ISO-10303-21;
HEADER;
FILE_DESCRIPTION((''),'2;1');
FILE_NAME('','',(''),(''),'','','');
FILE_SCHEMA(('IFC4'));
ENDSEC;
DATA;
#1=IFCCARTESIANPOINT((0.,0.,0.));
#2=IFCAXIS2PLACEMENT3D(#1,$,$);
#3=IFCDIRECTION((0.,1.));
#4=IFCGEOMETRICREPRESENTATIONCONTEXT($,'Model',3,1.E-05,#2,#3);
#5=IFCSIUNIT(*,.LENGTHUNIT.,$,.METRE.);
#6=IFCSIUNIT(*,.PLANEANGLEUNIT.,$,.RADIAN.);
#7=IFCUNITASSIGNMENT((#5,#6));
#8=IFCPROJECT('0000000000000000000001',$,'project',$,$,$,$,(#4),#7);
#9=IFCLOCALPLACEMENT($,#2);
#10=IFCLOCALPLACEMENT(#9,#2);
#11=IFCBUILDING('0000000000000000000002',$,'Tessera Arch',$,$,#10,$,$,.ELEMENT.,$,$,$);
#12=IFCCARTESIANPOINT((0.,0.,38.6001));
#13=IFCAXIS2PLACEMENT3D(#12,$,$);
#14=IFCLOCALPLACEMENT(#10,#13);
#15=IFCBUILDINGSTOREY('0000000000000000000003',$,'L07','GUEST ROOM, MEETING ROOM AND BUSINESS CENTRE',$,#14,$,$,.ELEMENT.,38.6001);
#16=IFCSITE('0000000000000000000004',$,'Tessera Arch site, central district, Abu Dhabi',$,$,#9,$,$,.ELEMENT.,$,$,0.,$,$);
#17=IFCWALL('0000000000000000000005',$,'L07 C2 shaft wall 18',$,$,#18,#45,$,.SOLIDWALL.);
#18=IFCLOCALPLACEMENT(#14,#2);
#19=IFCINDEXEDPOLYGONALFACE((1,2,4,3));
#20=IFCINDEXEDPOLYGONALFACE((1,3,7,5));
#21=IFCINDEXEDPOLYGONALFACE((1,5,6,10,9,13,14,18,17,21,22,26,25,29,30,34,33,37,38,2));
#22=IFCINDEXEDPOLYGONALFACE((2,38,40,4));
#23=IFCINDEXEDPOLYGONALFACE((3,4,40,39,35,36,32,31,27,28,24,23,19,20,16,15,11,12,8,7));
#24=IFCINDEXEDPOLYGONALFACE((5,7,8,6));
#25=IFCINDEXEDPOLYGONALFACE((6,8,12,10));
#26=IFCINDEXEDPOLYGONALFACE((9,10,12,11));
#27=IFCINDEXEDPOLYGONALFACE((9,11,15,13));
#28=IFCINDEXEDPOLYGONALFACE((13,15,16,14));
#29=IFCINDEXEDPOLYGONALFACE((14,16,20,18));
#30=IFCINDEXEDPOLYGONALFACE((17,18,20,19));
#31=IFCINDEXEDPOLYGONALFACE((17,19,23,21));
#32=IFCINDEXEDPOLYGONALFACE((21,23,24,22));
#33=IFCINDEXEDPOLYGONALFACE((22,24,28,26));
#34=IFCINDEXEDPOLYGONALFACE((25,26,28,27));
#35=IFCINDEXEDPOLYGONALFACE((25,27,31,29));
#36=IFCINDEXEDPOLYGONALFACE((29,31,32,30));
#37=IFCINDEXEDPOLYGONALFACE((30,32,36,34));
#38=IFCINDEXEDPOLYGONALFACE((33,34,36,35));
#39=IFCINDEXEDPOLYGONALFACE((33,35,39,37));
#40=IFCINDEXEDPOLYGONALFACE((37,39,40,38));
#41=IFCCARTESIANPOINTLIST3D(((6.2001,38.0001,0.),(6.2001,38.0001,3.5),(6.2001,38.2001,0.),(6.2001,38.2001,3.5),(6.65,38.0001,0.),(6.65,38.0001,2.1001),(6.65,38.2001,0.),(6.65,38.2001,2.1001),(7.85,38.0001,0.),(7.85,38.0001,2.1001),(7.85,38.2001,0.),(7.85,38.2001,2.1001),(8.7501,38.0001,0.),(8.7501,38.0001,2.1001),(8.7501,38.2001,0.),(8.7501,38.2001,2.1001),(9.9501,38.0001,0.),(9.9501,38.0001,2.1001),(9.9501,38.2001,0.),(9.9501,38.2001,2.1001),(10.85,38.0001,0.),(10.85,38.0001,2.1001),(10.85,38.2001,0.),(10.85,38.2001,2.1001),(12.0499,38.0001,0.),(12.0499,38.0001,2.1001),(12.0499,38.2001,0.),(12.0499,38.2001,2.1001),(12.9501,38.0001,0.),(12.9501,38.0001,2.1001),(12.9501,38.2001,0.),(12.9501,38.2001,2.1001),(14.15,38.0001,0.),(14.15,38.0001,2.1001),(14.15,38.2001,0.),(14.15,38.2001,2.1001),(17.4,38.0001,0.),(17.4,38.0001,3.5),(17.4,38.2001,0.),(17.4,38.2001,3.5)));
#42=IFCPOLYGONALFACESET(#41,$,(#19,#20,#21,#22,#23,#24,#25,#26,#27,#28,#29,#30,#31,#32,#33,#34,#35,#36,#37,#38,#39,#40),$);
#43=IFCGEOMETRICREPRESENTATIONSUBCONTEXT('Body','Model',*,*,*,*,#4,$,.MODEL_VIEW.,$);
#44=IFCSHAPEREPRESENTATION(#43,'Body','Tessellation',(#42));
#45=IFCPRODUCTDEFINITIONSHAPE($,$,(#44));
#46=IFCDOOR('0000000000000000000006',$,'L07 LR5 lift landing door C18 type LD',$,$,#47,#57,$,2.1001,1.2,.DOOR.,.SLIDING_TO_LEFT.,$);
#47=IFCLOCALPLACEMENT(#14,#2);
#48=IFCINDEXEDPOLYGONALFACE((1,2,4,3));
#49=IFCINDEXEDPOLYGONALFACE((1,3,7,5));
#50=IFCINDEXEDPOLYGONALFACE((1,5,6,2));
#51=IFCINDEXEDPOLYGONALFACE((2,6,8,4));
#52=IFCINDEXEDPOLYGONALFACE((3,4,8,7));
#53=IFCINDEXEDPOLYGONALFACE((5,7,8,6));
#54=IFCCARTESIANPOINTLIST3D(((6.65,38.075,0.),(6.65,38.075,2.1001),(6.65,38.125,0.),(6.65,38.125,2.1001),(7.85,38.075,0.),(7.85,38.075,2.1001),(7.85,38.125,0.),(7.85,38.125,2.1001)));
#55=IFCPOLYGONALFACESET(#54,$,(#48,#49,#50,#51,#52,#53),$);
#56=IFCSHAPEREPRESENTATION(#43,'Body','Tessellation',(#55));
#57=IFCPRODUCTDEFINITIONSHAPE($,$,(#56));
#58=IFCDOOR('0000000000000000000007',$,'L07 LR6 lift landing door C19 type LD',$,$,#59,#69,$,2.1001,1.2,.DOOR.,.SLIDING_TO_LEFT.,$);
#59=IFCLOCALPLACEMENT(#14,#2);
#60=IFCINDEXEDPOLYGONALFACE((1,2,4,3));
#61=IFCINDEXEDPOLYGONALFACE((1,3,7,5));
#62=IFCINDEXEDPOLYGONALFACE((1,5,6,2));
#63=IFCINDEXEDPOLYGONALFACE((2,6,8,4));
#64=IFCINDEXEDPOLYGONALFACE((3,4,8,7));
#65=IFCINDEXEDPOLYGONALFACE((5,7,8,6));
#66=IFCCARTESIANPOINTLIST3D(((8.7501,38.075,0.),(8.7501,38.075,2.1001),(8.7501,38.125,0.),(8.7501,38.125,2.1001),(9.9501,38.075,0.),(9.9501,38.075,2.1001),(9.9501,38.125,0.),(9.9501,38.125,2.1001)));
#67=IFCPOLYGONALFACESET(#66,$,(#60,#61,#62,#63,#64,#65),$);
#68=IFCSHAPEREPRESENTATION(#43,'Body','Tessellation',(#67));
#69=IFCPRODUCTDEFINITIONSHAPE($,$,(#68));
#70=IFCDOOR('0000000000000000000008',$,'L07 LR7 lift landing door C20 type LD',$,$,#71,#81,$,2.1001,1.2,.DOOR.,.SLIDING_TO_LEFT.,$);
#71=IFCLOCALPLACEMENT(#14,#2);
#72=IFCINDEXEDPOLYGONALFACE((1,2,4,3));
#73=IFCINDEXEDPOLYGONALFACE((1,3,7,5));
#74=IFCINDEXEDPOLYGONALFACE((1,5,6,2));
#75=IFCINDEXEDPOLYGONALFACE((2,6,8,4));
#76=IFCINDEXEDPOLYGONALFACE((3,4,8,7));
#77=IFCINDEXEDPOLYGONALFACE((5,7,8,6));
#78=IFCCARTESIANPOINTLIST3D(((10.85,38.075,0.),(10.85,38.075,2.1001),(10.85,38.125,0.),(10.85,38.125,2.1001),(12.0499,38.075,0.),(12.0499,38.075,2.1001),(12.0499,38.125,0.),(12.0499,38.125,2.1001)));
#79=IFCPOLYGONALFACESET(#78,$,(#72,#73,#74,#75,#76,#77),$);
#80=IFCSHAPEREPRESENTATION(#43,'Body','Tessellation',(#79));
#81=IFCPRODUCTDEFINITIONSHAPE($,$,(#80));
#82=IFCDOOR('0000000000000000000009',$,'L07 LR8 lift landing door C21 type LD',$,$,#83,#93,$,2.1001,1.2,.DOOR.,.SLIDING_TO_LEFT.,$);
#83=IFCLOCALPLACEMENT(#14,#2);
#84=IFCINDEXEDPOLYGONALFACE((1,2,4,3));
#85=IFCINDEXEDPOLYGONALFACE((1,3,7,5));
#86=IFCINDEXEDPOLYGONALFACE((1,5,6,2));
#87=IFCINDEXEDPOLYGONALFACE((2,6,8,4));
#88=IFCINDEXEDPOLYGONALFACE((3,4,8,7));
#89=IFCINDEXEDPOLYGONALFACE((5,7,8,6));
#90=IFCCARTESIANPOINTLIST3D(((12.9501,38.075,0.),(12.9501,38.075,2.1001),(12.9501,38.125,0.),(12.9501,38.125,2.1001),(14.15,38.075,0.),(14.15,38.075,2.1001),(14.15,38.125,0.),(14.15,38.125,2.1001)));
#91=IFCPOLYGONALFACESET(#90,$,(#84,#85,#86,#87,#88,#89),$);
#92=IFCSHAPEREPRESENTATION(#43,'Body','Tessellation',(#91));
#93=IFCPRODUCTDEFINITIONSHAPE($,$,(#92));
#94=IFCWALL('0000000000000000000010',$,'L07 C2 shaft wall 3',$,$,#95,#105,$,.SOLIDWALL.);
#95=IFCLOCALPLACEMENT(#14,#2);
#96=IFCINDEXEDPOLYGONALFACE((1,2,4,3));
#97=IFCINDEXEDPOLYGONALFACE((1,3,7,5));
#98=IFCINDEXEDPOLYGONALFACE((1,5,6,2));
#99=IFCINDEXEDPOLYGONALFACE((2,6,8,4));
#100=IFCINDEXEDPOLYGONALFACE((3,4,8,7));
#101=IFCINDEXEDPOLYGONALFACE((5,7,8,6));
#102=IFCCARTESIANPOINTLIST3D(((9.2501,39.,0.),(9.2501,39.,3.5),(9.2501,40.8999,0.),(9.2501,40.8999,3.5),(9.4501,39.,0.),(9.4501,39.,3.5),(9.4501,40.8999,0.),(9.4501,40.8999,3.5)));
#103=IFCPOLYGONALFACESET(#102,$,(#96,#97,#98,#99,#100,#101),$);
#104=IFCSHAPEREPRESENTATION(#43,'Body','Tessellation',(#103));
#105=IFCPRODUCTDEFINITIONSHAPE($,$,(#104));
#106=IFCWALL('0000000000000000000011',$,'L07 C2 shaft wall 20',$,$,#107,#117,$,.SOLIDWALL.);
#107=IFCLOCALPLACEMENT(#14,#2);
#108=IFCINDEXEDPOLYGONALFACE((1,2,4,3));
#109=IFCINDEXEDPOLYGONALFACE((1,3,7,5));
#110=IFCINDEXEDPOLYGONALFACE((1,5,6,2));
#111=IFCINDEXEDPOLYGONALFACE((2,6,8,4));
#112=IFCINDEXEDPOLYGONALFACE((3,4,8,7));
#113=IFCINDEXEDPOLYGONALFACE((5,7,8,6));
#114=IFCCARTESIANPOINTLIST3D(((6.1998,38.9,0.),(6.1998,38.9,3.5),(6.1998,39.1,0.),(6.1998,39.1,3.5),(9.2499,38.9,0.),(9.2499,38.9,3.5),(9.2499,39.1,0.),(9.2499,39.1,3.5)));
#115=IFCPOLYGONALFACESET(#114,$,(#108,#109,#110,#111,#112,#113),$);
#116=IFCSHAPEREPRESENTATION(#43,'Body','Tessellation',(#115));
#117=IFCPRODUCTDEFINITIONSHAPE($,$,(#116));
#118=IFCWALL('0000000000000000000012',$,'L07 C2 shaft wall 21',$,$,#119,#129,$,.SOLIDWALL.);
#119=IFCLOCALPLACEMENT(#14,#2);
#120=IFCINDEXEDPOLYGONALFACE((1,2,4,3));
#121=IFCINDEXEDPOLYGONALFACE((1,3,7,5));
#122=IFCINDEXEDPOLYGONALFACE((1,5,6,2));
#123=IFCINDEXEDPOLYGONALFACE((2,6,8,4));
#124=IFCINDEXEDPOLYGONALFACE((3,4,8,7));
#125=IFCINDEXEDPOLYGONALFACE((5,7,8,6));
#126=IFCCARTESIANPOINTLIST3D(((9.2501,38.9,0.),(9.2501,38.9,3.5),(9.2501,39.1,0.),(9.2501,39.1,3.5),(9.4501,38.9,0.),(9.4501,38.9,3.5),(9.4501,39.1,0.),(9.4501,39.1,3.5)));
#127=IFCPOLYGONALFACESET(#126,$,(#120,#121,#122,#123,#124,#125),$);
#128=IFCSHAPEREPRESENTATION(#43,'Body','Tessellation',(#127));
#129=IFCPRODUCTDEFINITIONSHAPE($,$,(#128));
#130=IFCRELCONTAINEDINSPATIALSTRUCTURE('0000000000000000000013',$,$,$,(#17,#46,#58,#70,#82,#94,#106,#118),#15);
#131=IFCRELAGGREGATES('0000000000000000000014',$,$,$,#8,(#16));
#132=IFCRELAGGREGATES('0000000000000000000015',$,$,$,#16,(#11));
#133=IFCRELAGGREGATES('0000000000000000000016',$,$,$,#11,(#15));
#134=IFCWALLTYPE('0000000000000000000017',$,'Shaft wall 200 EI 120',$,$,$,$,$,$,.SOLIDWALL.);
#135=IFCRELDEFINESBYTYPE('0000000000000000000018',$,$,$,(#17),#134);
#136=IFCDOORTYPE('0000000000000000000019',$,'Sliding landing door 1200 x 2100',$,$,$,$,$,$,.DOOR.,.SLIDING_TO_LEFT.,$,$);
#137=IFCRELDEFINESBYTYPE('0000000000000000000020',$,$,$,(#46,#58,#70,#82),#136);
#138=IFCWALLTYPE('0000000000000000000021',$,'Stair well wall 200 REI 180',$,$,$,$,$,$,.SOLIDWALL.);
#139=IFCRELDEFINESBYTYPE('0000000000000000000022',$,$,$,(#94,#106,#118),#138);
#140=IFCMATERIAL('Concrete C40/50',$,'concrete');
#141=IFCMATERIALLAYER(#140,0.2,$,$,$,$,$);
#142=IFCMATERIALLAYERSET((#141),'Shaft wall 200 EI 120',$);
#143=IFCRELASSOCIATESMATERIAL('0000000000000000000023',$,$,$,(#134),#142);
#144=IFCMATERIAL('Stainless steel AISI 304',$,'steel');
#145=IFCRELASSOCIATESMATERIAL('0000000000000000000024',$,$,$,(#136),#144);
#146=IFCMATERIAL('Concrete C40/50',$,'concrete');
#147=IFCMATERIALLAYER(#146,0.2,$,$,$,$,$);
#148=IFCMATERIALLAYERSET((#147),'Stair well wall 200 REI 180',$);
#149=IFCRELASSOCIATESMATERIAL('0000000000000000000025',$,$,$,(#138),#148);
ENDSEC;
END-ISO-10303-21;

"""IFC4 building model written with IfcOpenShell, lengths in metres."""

from ifc_helpers import new_model, si_unit, direction, frame, frame_2d, origin, place, context, subcontext, project, spatial, rectangle, extrude, material, layer, layer_set, type_object, element, fill, save


model = new_model("IFC4")

# Units and contexts
model_context = context("Model", 3, precision=1e-05, world=origin(), true_north=direction((0.0, 1.0)))
body_context = subcontext(model_context, "Body", "Model", "MODEL_VIEW")
ifc_project = project(units=[si_unit("LENGTHUNIT", "METRE"), si_unit("PLANEANGLEUNIT", "RADIAN")], contexts=[model_context])

# Site, building, storey
site_placement = place(None, origin())
site = spatial("IfcSite", under=ifc_project, at=site_placement, Name="Tessera Arch site, central district, Abu Dhabi", CompositionType="ELEMENT", RefElevation=0.0)
building_placement = place(site_placement, origin())
building = spatial("IfcBuilding", under=site, at=building_placement, Name="Tessera Arch", CompositionType="ELEMENT")
storey_placement = place(building_placement, frame((0.0, 0.0, 38.6001)))
storey = spatial("IfcBuildingStorey", under=building, at=storey_placement, Name="L07", Description="GUEST ROOM, MEETING ROOM AND BUSINESS CENTRE", CompositionType="ELEMENT", Elevation=38.6001)

# Shared definitions
ifc_material_1 = material(Name="Concrete C40/50", Category="concrete")
ifc_layer_1 = layer(ifc_material_1, 0.2)
ifc_layer_set_1 = layer_set([ifc_layer_1], Name="Shaft wall 200 EI 120")
wall_type_1 = type_object("IfcWallType", Name="Shaft wall 200 EI 120", PredefinedType="SOLIDWALL", material=ifc_layer_set_1)

# Shared definitions
ifc_material_2 = material(Name="Stainless steel AISI 304", Category="steel")
door_type = type_object("IfcDoorType", Name="Sliding landing door 1200 x 2100", OperationType="SLIDING_TO_LEFT", PredefinedType="DOOR", material=ifc_material_2)

# Wall, openings, doors
wall_1_placement = place(storey_placement, frame((6.2, 38.1001, 0.0), z_axis=(0.0, 0.0, 1.0), x_axis=(1.0, 0.0, 0.0)))
wall_1 = element("IfcWall", 1, at=wall_1_placement, inside=storey, type_object=wall_type_1, Name="L07 C2 shaft wall 18", PredefinedType="SOLIDWALL", context=body_context, shape_type="SweptSolid", body=[
    extrude(rectangle(XDim=11.2, YDim=0.2, at=frame_2d((5.6001, 0.0))), origin(), (0.0, 0.0, 1.0), 3.5),
])
opening_1_placement = place(wall_1_placement, frame((0.45, 0.0, 0.0)))
opening_1 = element("IfcOpeningElement", 2, at=opening_1_placement, cuts=wall_1, PredefinedType="OPENING", context=body_context, shape_type="SweptSolid", body=[
    extrude(rectangle(XDim=1.2, YDim=2.1001, at=frame_2d((0.6001, 1.05))), frame((0.0, 0.1099, 0.0), z_axis=(0.0, -1.0, 0.0), x_axis=(1.0, 0.0, 0.0)), (0.0, 0.0, 1.0), 0.22),
])
opening_2_placement = place(wall_1_placement, frame((2.55, 0.0, 0.0)))
opening_2 = element("IfcOpeningElement", 3, at=opening_2_placement, cuts=wall_1, PredefinedType="OPENING", context=body_context, shape_type="SweptSolid", body=[
    extrude(rectangle(XDim=1.2, YDim=2.1001, at=frame_2d((0.6001, 1.05))), frame((0.0, 0.1099, 0.0), z_axis=(0.0, -1.0, 0.0), x_axis=(1.0, 0.0, 0.0)), (0.0, 0.0, 1.0), 0.22),
])
opening_3_placement = place(wall_1_placement, frame((4.6499, 0.0, 0.0)))
opening_3 = element("IfcOpeningElement", 4, at=opening_3_placement, cuts=wall_1, PredefinedType="OPENING", context=body_context, shape_type="SweptSolid", body=[
    extrude(rectangle(XDim=1.2, YDim=2.1001, at=frame_2d((0.6001, 1.05))), frame((0.0, 0.1099, 0.0), z_axis=(0.0, -1.0, 0.0), x_axis=(1.0, 0.0, 0.0)), (0.0, 0.0, 1.0), 0.22),
])
opening_4_placement = place(wall_1_placement, frame((6.75, 0.0, 0.0)))
opening_4 = element("IfcOpeningElement", 5, at=opening_4_placement, cuts=wall_1, PredefinedType="OPENING", context=body_context, shape_type="SweptSolid", body=[
    extrude(rectangle(XDim=1.2, YDim=2.1001, at=frame_2d((0.6001, 1.05))), frame((0.0, 0.1099, 0.0), z_axis=(0.0, -1.0, 0.0), x_axis=(1.0, 0.0, 0.0)), (0.0, 0.0, 1.0), 0.22),
])
door_1_placement = place(opening_1_placement, origin())
door_1 = element("IfcDoor", 6, at=door_1_placement, inside=storey, type_object=door_type, Name="L07 LR5 lift landing door C18 type LD", OperationType="SLIDING_TO_LEFT", OverallHeight=2.1001, OverallWidth=1.2, PredefinedType="DOOR", context=body_context, shape_type="SweptSolid", body=[
    extrude(rectangle(XDim=1.2, YDim=2.1001, at=frame_2d((0.6001, 1.05))), frame((0.0, 0.0249, 0.0), z_axis=(0.0, -1.0, 0.0), x_axis=(1.0, 0.0, 0.0)), (0.0, 0.0, 1.0), 0.05),
])
fill(opening_1, door_1)
door_2_placement = place(opening_2_placement, origin())
door_2 = element("IfcDoor", 7, at=door_2_placement, inside=storey, type_object=door_type, Name="L07 LR6 lift landing door C19 type LD", OperationType="SLIDING_TO_LEFT", OverallHeight=2.1001, OverallWidth=1.2, PredefinedType="DOOR", context=body_context, shape_type="SweptSolid", body=[
    extrude(rectangle(XDim=1.2, YDim=2.1001, at=frame_2d((0.6001, 1.05))), frame((0.0, 0.0249, 0.0), z_axis=(0.0, -1.0, 0.0), x_axis=(1.0, 0.0, 0.0)), (0.0, 0.0, 1.0), 0.05),
])
fill(opening_2, door_2)
door_3_placement = place(opening_3_placement, origin())
door_3 = element("IfcDoor", 8, at=door_3_placement, inside=storey, type_object=door_type, Name="L07 LR7 lift landing door C20 type LD", OperationType="SLIDING_TO_LEFT", OverallHeight=2.1001, OverallWidth=1.2, PredefinedType="DOOR", context=body_context, shape_type="SweptSolid", body=[
    extrude(rectangle(XDim=1.2, YDim=2.1001, at=frame_2d((0.6001, 1.05))), frame((0.0, 0.0249, 0.0), z_axis=(0.0, -1.0, 0.0), x_axis=(1.0, 0.0, 0.0)), (0.0, 0.0, 1.0), 0.05),
])
fill(opening_3, door_3)
door_4_placement = place(opening_4_placement, origin())
door_4 = element("IfcDoor", 9, at=door_4_placement, inside=storey, type_object=door_type, Name="L07 LR8 lift landing door C21 type LD", OperationType="SLIDING_TO_LEFT", OverallHeight=2.1001, OverallWidth=1.2, PredefinedType="DOOR", context=body_context, shape_type="SweptSolid", body=[
    extrude(rectangle(XDim=1.2, YDim=2.1001, at=frame_2d((0.6001, 1.05))), frame((0.0, 0.0249, 0.0), z_axis=(0.0, -1.0, 0.0), x_axis=(1.0, 0.0, 0.0)), (0.0, 0.0, 1.0), 0.05),
])
fill(opening_4, door_4)

# Walls
ifc_material_3 = material(Name="Concrete C40/50", Category="concrete")
ifc_layer_2 = layer(ifc_material_3, 0.2)
ifc_layer_set_2 = layer_set([ifc_layer_2], Name="Stair well wall 200 REI 180")
wall_type_2 = type_object("IfcWallType", Name="Stair well wall 200 REI 180", PredefinedType="SOLIDWALL", material=ifc_layer_set_2)
wall_2_placement = place(storey_placement, frame((9.3501, 39.0, 0.0), z_axis=(0.0, 0.0, 1.0), x_axis=(0.0, 1.0, 0.0)))
element("IfcWall", 10, at=wall_2_placement, inside=storey, type_object=wall_type_2, Name="L07 C2 shaft wall 3", PredefinedType="SOLIDWALL", context=body_context, shape_type="SweptSolid", body=[
    extrude(rectangle(XDim=1.8999, YDim=0.2, at=frame_2d((0.95, 0.0))), origin(), (0.0, 0.0, 1.0), 3.5),
])
wall_3_placement = place(storey_placement, frame((6.2, 39.0, 0.0), z_axis=(0.0, 0.0, 1.0), x_axis=(1.0, 0.0, 0.0)))
element("IfcWall", 11, at=wall_3_placement, inside=storey, type_object=wall_type_2, Name="L07 C2 shaft wall 20", PredefinedType="SOLIDWALL", context=body_context, shape_type="SweptSolid", body=[
    extrude(rectangle(XDim=3.05, YDim=0.2, at=frame_2d((1.5249, 0.0))), origin(), (0.0, 0.0, 1.0), 3.5),
])
wall_4_placement = place(storey_placement, frame((9.25, 39.0, 0.0), z_axis=(0.0, 0.0, 1.0), x_axis=(1.0, 0.0, 0.0)))
element("IfcWall", 12, at=wall_4_placement, inside=storey, type_object=wall_type_2, Name="L07 C2 shaft wall 21", PredefinedType="SOLIDWALL", context=body_context, shape_type="SweptSolid", body=[
    extrude(rectangle(XDim=0.2, YDim=0.2, at=frame_2d((0.1001, 0.0))), origin(), (0.0, 0.0, 1.0), 3.5),
])

save(model, "model.ifc")
